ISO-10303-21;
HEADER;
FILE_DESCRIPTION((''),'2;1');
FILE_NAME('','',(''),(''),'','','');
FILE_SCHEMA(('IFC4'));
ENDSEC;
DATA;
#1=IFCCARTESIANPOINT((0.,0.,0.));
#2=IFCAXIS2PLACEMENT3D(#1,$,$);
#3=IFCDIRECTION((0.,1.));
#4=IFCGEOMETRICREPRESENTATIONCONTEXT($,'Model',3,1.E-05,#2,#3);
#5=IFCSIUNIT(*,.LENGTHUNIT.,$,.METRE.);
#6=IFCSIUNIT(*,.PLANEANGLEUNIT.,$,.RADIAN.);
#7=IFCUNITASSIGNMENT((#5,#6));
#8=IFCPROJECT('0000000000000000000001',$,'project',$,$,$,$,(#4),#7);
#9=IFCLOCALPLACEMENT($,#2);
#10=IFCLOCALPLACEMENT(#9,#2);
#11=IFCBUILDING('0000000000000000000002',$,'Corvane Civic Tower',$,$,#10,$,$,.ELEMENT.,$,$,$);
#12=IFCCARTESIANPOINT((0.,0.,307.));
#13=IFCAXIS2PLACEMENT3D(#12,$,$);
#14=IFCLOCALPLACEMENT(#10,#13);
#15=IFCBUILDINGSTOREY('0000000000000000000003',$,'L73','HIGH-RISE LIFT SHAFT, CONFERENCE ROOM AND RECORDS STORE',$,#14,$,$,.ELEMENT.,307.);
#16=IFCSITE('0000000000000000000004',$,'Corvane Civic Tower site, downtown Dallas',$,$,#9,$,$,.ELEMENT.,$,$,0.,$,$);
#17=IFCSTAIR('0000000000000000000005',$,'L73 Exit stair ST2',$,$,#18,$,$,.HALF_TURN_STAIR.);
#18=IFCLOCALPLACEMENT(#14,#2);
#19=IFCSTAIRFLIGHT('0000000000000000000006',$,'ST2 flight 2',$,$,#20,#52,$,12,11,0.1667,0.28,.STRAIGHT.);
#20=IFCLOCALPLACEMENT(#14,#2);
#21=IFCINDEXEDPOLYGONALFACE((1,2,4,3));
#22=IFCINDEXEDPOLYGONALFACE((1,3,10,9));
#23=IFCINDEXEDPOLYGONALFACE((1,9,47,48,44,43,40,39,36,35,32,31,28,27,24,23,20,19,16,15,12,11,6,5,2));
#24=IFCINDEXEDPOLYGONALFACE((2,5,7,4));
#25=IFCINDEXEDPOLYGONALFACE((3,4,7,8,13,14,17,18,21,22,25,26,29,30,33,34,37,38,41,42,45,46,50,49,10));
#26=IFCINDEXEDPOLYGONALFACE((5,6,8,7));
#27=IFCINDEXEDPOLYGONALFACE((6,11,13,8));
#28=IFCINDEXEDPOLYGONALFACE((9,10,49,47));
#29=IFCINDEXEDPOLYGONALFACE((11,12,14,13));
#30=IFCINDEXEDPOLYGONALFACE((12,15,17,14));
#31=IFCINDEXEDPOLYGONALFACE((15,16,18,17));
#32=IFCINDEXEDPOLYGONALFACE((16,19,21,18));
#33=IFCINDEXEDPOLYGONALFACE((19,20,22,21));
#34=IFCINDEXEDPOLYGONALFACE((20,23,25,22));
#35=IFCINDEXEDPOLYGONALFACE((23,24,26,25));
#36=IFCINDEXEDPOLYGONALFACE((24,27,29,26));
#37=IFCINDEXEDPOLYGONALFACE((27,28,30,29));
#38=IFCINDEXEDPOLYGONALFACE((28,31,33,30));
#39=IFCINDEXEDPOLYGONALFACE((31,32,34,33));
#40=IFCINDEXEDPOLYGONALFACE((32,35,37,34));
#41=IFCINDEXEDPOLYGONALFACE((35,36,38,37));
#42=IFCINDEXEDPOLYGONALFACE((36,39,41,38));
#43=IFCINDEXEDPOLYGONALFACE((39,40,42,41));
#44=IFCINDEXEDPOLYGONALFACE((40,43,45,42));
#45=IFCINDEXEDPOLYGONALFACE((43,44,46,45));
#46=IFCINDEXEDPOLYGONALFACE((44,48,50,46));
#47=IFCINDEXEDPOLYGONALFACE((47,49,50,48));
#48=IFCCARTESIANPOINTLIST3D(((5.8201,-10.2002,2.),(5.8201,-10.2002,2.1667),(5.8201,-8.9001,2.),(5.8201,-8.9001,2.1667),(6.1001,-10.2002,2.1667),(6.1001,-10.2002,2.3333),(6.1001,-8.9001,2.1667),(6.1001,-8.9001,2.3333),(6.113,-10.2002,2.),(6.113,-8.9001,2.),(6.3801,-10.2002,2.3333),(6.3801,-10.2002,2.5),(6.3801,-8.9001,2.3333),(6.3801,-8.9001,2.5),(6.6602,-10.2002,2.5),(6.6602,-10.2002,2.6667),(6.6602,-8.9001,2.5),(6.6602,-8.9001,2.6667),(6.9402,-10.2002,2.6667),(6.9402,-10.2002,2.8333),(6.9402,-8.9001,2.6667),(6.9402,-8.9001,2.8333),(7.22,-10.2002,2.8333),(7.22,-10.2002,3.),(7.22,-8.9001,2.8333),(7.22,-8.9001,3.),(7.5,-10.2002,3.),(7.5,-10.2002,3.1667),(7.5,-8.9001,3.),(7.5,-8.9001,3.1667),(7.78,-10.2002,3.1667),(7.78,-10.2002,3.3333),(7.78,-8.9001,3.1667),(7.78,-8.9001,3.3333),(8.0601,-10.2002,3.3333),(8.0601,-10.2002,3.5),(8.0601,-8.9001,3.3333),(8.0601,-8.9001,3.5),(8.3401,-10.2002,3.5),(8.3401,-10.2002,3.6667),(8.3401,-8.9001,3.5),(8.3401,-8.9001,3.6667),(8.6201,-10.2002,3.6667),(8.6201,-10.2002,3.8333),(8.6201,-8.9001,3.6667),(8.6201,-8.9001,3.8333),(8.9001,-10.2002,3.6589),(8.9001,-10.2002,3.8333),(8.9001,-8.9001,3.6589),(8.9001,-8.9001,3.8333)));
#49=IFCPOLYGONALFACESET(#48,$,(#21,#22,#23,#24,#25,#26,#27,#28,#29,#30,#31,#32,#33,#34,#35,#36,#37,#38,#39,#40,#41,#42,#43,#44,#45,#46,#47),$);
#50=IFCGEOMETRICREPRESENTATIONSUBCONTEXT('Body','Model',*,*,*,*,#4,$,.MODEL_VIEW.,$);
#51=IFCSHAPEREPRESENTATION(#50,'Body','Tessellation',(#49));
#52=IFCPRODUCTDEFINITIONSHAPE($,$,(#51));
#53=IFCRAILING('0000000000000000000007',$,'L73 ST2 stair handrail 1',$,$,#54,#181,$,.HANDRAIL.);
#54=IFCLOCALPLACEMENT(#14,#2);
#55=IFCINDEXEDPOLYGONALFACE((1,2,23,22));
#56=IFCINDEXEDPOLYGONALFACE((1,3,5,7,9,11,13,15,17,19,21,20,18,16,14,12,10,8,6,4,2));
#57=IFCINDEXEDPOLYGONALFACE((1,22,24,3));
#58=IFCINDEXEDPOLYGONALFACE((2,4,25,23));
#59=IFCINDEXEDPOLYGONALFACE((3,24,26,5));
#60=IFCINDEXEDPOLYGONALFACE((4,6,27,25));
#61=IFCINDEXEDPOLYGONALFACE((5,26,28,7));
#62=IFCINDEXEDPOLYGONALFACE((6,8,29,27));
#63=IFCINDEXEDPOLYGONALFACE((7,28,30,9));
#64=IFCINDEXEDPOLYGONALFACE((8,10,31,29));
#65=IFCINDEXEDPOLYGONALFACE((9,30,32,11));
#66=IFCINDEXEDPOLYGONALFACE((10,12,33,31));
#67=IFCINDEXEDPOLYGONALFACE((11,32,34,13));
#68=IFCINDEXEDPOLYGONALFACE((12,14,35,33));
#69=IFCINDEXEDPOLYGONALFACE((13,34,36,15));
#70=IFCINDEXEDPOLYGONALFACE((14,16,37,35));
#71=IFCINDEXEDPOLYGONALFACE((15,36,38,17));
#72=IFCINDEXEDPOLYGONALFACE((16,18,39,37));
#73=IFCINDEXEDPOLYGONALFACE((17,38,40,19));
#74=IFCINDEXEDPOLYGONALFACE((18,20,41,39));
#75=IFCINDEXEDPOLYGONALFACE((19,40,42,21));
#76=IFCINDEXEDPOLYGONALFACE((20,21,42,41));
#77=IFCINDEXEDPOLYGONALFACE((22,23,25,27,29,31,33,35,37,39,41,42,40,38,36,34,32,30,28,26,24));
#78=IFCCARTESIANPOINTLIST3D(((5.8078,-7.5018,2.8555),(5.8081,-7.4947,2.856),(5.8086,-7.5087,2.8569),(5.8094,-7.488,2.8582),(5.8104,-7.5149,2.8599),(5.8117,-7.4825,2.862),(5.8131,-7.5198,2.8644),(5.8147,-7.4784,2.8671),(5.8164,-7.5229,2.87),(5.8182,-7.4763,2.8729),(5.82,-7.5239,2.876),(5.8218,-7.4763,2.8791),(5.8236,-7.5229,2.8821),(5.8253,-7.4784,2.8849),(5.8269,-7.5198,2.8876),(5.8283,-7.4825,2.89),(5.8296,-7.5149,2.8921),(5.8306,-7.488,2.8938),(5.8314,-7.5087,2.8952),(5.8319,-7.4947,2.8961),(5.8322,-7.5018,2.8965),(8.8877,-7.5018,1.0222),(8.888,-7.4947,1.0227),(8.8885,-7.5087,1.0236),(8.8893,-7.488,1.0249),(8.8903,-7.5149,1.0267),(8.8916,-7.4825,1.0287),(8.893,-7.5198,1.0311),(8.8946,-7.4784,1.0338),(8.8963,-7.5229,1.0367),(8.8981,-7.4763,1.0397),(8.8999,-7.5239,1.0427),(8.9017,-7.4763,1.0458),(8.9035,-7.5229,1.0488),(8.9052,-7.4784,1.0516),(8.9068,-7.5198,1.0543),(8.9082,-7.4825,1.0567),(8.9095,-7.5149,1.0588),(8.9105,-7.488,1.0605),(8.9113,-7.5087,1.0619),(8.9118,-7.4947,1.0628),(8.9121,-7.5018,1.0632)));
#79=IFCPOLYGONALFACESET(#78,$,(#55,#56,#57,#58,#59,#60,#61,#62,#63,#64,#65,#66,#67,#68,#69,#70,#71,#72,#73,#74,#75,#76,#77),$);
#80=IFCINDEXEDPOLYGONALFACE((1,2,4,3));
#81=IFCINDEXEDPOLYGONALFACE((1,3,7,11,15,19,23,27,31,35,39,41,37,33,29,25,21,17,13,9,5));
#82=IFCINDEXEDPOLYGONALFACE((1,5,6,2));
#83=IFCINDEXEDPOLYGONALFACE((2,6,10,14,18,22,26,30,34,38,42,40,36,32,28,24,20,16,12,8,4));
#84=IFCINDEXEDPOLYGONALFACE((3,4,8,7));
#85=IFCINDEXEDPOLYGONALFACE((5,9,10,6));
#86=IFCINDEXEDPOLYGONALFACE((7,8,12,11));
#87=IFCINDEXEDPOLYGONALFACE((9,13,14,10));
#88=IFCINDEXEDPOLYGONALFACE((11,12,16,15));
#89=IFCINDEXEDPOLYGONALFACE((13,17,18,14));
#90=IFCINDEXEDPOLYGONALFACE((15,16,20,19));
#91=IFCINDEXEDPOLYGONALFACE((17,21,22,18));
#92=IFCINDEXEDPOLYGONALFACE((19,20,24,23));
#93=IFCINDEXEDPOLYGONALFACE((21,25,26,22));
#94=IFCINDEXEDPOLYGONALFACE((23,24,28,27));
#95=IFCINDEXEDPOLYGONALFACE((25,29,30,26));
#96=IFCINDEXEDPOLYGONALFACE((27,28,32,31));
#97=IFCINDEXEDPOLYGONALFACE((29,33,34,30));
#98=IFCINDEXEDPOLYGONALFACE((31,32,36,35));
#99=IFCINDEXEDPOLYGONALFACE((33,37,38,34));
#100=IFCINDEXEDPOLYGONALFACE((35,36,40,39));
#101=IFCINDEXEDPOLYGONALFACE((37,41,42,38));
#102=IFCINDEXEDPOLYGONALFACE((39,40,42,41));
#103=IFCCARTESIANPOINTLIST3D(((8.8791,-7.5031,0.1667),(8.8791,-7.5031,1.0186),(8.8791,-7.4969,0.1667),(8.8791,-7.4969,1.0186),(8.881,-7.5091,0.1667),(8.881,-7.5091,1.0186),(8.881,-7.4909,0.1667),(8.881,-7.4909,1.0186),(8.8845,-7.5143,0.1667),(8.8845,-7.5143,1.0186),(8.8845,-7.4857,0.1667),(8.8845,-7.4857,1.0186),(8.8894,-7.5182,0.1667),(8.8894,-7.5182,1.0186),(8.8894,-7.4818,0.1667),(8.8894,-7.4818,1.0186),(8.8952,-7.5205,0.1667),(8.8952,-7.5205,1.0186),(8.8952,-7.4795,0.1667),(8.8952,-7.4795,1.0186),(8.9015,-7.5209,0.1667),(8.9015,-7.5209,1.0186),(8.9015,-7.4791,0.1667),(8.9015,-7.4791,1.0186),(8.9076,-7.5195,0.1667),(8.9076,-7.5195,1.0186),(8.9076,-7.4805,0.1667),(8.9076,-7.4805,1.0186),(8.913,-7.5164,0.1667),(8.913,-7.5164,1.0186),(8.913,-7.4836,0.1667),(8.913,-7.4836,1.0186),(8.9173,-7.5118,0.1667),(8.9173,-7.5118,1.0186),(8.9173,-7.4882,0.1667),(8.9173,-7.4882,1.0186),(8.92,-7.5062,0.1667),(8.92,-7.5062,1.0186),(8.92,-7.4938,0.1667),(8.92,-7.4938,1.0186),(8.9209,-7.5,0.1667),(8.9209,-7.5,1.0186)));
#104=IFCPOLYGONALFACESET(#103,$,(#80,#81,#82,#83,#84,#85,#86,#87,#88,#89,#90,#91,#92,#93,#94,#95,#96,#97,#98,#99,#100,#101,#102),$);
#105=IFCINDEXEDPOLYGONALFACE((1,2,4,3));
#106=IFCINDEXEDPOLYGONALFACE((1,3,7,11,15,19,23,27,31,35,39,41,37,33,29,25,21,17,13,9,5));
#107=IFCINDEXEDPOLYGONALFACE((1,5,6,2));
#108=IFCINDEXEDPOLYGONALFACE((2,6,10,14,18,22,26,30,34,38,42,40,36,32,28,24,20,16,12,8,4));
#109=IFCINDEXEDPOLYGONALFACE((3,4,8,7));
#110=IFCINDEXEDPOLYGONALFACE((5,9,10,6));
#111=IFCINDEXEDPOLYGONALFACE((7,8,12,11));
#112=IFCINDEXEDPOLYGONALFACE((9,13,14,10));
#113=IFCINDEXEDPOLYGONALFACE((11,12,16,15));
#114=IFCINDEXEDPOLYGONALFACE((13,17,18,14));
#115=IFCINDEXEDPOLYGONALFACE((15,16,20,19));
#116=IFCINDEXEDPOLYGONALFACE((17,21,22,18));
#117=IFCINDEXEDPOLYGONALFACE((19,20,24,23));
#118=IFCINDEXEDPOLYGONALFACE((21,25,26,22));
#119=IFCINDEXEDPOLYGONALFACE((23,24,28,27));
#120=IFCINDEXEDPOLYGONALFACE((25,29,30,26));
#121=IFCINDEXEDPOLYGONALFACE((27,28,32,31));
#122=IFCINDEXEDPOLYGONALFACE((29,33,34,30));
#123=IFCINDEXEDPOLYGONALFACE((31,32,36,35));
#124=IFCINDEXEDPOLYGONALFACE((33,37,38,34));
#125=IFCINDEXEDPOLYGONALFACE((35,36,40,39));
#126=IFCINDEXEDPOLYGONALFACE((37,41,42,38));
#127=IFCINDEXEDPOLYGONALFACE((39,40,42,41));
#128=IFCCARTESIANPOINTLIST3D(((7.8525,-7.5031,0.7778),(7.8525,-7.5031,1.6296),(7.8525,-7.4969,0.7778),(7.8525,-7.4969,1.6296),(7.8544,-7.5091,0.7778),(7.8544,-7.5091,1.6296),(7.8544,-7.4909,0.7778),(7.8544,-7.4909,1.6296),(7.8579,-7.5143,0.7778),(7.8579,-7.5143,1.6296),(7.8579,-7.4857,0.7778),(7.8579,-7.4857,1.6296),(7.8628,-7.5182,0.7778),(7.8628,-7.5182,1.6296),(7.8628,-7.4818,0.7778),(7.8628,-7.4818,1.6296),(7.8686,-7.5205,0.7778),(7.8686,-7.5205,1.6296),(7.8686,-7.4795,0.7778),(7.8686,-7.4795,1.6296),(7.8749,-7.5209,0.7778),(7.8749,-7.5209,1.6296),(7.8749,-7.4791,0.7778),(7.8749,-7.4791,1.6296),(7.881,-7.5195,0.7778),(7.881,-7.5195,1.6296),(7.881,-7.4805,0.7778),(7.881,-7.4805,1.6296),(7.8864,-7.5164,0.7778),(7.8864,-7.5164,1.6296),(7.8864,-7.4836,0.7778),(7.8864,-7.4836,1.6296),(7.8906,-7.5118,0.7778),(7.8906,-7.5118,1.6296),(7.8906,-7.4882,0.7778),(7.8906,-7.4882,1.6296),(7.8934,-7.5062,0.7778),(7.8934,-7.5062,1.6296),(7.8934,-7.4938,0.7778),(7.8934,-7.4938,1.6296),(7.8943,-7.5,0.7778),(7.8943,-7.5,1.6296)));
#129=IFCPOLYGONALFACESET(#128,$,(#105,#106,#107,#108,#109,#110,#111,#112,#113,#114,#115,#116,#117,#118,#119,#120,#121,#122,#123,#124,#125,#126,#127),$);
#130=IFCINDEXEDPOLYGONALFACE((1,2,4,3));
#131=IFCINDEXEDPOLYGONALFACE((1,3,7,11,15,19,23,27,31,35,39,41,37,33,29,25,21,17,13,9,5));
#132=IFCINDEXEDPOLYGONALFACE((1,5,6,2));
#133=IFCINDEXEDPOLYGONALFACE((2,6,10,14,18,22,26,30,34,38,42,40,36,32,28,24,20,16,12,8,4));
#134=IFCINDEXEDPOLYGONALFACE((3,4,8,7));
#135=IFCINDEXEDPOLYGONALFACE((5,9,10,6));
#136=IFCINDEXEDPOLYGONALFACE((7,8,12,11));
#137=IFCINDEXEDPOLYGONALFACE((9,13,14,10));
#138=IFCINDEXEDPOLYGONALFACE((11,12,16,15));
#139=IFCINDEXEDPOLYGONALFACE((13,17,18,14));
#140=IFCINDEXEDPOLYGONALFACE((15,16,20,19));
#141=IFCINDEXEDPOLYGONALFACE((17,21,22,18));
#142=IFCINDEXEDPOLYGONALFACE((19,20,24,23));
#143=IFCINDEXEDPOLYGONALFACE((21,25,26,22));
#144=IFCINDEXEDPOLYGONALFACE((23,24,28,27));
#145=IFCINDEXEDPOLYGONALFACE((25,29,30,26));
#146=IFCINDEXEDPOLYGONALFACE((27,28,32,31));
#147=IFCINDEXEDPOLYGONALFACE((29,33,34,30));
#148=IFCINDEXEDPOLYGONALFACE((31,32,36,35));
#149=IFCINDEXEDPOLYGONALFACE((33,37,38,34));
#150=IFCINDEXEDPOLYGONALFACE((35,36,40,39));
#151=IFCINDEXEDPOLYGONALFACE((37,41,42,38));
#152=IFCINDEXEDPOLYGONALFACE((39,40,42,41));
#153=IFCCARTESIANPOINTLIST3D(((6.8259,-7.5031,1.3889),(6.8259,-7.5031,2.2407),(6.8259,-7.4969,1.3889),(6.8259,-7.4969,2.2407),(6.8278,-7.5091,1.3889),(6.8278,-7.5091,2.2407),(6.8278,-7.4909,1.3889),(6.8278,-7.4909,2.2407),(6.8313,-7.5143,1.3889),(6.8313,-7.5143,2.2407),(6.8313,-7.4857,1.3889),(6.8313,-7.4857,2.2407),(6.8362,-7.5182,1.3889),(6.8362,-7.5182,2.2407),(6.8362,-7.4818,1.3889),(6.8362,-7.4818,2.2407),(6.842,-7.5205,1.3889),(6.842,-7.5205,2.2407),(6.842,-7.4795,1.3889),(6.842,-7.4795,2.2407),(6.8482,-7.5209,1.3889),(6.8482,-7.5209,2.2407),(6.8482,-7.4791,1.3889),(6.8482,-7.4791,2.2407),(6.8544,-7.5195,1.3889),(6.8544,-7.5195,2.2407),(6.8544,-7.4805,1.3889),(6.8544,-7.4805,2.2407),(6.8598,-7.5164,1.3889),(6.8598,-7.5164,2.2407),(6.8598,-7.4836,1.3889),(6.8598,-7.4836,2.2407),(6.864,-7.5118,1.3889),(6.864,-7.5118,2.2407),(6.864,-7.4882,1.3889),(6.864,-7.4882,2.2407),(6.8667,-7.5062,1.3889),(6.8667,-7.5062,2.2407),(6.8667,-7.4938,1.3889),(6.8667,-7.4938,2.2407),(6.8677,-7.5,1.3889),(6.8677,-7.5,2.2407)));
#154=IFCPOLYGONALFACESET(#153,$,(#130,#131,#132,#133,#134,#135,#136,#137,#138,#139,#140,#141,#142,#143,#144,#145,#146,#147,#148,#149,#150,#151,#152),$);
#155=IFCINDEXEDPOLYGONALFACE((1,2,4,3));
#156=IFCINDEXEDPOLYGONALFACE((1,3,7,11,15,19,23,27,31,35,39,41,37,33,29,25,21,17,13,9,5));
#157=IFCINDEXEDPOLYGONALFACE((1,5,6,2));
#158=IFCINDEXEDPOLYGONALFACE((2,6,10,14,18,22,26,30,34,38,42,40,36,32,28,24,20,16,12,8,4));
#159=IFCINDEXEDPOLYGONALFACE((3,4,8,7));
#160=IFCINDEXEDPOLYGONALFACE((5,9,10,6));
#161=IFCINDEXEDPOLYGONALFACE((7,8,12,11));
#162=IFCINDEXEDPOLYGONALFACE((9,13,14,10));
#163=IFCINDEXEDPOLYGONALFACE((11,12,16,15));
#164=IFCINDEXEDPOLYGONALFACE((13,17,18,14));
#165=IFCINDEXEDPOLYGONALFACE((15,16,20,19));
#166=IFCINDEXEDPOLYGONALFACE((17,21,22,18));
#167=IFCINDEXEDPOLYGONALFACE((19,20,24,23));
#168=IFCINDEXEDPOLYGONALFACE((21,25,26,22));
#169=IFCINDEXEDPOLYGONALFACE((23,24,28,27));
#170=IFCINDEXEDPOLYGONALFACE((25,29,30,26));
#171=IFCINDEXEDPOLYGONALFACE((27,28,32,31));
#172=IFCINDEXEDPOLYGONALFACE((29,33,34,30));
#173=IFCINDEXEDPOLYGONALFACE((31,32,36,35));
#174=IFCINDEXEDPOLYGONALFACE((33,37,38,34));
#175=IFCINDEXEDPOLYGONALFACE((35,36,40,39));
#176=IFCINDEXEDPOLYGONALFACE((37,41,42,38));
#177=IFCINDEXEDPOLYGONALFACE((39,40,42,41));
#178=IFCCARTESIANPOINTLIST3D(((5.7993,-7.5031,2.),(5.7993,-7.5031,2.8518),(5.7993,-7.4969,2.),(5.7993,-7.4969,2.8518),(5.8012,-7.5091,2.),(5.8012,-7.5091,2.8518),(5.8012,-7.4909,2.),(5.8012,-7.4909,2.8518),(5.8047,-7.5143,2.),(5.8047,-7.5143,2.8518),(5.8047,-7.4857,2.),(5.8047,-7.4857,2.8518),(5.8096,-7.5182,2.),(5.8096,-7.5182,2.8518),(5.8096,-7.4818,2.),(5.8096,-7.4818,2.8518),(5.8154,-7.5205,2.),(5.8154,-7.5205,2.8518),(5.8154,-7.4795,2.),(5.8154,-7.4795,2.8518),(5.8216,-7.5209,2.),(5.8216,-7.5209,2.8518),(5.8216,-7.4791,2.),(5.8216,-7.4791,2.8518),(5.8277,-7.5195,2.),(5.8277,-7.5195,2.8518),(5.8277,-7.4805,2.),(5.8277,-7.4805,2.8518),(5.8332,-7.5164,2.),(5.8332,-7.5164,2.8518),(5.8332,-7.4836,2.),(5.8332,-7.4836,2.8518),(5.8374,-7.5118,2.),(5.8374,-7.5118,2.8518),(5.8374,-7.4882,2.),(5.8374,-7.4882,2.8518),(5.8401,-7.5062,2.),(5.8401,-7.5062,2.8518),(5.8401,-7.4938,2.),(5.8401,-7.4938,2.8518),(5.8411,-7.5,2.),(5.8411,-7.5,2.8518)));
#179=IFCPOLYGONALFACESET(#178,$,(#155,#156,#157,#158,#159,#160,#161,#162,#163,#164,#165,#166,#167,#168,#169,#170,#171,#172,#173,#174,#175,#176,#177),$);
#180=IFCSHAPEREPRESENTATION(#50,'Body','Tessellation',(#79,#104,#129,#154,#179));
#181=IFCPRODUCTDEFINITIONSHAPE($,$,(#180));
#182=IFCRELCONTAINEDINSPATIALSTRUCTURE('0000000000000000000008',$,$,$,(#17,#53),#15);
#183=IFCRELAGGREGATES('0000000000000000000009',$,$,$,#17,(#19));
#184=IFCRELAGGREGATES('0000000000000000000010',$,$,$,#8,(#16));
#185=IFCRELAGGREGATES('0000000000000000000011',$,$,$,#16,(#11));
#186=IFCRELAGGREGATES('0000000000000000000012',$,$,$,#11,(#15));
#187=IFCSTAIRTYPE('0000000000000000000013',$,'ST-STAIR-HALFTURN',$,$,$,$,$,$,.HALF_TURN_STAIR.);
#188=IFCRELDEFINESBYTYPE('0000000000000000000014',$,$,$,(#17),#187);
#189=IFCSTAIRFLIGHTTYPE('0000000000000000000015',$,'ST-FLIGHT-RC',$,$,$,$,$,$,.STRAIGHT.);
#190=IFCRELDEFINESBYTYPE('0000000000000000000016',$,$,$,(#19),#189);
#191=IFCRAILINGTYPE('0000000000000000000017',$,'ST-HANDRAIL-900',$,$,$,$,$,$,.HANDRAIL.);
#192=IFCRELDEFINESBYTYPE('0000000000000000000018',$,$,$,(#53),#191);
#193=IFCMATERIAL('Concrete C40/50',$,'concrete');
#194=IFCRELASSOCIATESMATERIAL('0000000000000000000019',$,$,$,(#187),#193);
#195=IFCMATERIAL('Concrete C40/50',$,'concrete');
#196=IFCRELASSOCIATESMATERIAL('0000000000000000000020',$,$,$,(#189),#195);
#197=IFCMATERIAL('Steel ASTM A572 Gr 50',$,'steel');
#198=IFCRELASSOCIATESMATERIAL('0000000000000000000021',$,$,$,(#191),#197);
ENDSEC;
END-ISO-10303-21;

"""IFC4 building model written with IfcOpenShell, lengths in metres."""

from ifc_helpers import new_model, si_unit, direction, frame, origin, origin_2d, place, context, subcontext, project, spatial, polyline, circle, outline, extrude, material, type_object, element, aggregate, save


model = new_model("IFC4")

# Units and contexts
model_context = context("Model", 3, precision=1e-05, world=origin(), true_north=direction((0.0, 1.0)))
body_context = subcontext(model_context, "Body", "Model", "MODEL_VIEW")
ifc_project = project(units=[si_unit("LENGTHUNIT", "METRE"), si_unit("PLANEANGLEUNIT", "RADIAN")], contexts=[model_context])

# Site, building, storey
site_placement = place(None, origin())
site = spatial("IfcSite", under=ifc_project, at=site_placement, Name="Corvane Civic Tower site, downtown Dallas", CompositionType="ELEMENT", RefElevation=0.0)
building_placement = place(site_placement, origin())
building = spatial("IfcBuilding", under=site, at=building_placement, Name="Corvane Civic Tower", CompositionType="ELEMENT")
storey_placement = place(building_placement, frame((0.0, 0.0, 307.0)))
storey = spatial("IfcBuildingStorey", under=building, at=storey_placement, Name="L73", Description="HIGH-RISE LIFT SHAFT, CONFERENCE ROOM AND RECORDS STORE", CompositionType="ELEMENT", Elevation=307.0)

# Stair, stair flight
ifc_material_1 = material(Name="Concrete C40/50", Category="concrete")
stair_type = type_object("IfcStairType", Name="ST-STAIR-HALFTURN", PredefinedType="HALF_TURN_STAIR", material=ifc_material_1)
stair_placement = place(storey_placement, origin())
stair = element("IfcStair", 1, at=stair_placement, inside=storey, type_object=stair_type, Name="L73 Exit stair ST2", PredefinedType="HALF_TURN_STAIR")
ifc_material_2 = material(Name="Concrete C40/50", Category="concrete")
stair_flight_type = type_object("IfcStairFlightType", Name="ST-FLIGHT-RC", PredefinedType="STRAIGHT", material=ifc_material_2)
stair_flight_1_placement = place(storey_placement, frame((5.8201, -9.55, 2.0), z_axis=(0.0, 0.0, 1.0), x_axis=(1.0, 0.0, 0.0)))
stair_flight_1 = element("IfcStairFlight", 2, at=stair_flight_1_placement, type_object=stair_flight_type, Name="ST2 flight 2", NumberOfRisers=12, NumberOfTreads=11, PredefinedType="STRAIGHT", RiserHeight=0.1667, TreadLength=0.28, context=body_context, shape_type="SweptSolid", body=[
    extrude(outline(polyline([(0.0, 0.0), (0.0, 0.1667), (0.28, 0.1667), (0.28, 0.3333), (0.5601, 0.3333), (0.5601, 0.5), (0.8401, 0.5), (0.8401, 0.6667), (1.1201, 0.6667), (1.1201, 0.8333), (1.3999, 0.8333), (1.3999, 1.0), (1.6799, 1.0), (1.6799, 1.1667), (1.96, 1.1667), (1.96, 1.3333), (2.24, 1.3333), (2.24, 1.5), (2.52, 1.5), (2.52, 1.6667), (2.8, 1.6667), (2.8, 1.8333), (3.0801, 1.8333), (3.0801, 2.0), (3.0801, 1.6589), (0.293, 0.0), (0.0, 0.0)])), frame((0.0, 0.6499, 0.0), z_axis=(0.0, -1.0, 0.0), x_axis=(1.0, 0.0, 0.0)), (0.0, 0.0, 1.0), 1.3),
])
aggregate(stair, [stair_flight_1])

# Railing
ifc_material_3 = material(Name="Steel ASTM A572 Gr 50", Category="steel")
railing_type_1 = type_object("IfcRailingType", Name="ST-HANDRAIL-900", PredefinedType="HANDRAIL", material=ifc_material_3)
railing_1_placement = place(storey_placement, frame((8.8999, -7.5, 0.1667)))
element("IfcRailing", 3, at=railing_1_placement, inside=storey, type_object=railing_type_1, Name="L73 ST2 stair handrail 1", PredefinedType="HANDRAIL", context=body_context, shape_type="SweptSolid", body=[
    extrude(circle(Radius=0.0239, at=origin_2d()), frame((0.0, 0.0, 0.876), z_axis=(-0.859291, 0.0, 0.511487), x_axis=(0.0, -1.0, 0.0)), (0.0, 0.0, 1.0), 3.5842),
    extrude(circle(Radius=0.021, at=origin_2d()), origin(), (0.0, 0.0, 1.0), 0.8518),
    extrude(circle(Radius=0.021, at=origin_2d()), frame((-1.0266, 0.0, 0.6111)), (0.0, 0.0, 1.0), 0.8518),
    extrude(circle(Radius=0.021, at=origin_2d()), frame((-2.0532, 0.0, 1.2222)), (0.0, 0.0, 1.0), 0.8518),
    extrude(circle(Radius=0.021, at=origin_2d()), frame((-3.0798, 0.0, 1.8333)), (0.0, 0.0, 1.0), 0.8518),
])

save(model, "model.ifc")
